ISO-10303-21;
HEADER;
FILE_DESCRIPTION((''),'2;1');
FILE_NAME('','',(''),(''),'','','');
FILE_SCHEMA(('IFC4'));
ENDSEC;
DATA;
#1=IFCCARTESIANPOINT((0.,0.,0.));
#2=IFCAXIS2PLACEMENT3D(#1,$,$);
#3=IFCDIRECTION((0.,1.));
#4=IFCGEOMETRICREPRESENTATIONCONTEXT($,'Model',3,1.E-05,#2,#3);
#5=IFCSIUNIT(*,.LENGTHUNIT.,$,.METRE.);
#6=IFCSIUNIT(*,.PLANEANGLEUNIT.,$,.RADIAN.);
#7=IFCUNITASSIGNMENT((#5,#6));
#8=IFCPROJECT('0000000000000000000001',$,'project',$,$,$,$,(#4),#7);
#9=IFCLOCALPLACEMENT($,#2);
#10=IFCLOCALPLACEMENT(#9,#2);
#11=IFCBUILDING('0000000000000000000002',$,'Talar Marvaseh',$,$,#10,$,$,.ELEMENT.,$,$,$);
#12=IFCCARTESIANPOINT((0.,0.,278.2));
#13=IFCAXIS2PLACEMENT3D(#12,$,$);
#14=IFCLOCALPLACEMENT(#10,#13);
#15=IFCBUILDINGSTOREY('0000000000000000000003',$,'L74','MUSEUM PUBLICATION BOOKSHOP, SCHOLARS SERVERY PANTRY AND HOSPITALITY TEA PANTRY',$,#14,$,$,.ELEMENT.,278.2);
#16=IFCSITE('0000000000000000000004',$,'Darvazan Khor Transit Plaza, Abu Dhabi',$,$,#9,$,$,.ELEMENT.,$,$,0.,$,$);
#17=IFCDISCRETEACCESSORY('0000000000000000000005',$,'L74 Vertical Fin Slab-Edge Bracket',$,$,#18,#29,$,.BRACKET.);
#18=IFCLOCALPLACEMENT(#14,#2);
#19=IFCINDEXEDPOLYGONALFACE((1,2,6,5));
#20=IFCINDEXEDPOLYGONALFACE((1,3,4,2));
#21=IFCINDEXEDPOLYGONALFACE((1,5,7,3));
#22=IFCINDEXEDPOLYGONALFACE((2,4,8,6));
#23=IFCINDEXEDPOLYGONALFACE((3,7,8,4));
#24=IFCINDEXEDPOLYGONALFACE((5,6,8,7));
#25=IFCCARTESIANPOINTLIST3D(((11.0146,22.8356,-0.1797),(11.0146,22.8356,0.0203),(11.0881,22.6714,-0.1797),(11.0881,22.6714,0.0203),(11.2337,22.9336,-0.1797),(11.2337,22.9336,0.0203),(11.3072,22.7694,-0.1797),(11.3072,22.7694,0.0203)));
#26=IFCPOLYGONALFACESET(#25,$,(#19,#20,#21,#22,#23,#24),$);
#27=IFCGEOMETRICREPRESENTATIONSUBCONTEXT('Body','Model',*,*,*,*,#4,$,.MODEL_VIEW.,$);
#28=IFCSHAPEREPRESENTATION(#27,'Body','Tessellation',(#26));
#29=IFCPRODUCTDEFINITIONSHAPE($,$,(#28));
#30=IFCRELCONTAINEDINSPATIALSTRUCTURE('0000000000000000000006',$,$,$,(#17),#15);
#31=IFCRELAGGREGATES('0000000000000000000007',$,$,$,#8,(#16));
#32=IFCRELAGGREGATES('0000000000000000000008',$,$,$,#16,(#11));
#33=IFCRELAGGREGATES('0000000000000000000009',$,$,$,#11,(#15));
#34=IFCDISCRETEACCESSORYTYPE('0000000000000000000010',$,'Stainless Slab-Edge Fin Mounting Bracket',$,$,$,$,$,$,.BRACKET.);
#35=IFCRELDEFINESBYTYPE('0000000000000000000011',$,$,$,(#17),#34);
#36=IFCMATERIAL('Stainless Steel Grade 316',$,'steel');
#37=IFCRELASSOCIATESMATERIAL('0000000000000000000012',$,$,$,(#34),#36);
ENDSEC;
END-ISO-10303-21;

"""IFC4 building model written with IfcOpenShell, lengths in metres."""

from ifc_helpers import new_model, si_unit, direction, frame, origin, origin_2d, place, context, subcontext, project, spatial, rectangle, extrude, source, transform, mapped, material, type_object, type_shapes, element, save


model = new_model("IFC4")

# Units and contexts
model_context = context("Model", 3, precision=1e-05, world=origin(), true_north=direction((0.0, 1.0)))
body_context = subcontext(model_context, "Body", "Model", "MODEL_VIEW")
ifc_project = project(units=[si_unit("LENGTHUNIT", "METRE"), si_unit("PLANEANGLEUNIT", "RADIAN")], contexts=[model_context])

# Site, building, storey
site_placement = place(None, origin())
site = spatial("IfcSite", under=ifc_project, at=site_placement, Name="Darvazan Khor Transit Plaza, Abu Dhabi", CompositionType="ELEMENT", RefElevation=0.0)
building_placement = place(site_placement, origin())
building = spatial("IfcBuilding", under=site, at=building_placement, Name="Talar Marvaseh", CompositionType="ELEMENT")
storey_placement = place(building_placement, frame((0.0, 0.0, 278.2)))
storey = spatial("IfcBuildingStorey", under=building, at=storey_placement, Name="L74", Description="MUSEUM PUBLICATION BOOKSHOP, SCHOLARS SERVERY PANTRY AND HOSPITALITY TEA PANTRY", CompositionType="ELEMENT", Elevation=278.2)

# Discrete accessory
ifc_material_1 = material(Name="Stainless Steel Grade 316", Category="steel")
discrete_accessory_type = type_object("IfcDiscreteAccessoryType", Name="Stainless Slab-Edge Fin Mounting Bracket", PredefinedType="BRACKET", material=ifc_material_1)
shared_shape_1 = source(origin(), body_context, "Body", "SweptSolid", [
    extrude(rectangle(XDim=0.24, YDim=0.1799, at=origin_2d()), origin(), (0.0, 0.0, 1.0), 0.2),
])
type_shapes(discrete_accessory_type, [shared_shape_1])
discrete_accessory_placement = place(storey_placement, frame((11.1609, 22.8025, -0.1797), z_axis=(0.0, 0.0, 1.0), x_axis=(-0.912834, -0.40833, 0.0)))
element("IfcDiscreteAccessory", 1, at=discrete_accessory_placement, inside=storey, type_object=discrete_accessory_type, Name="L74 Vertical Fin Slab-Edge Bracket", PredefinedType="BRACKET", context=body_context, shape_type="MappedRepresentation", body=[
    mapped(shared_shape_1, transform((0.0, 0.0, 0.0), x_axis=(1.0, 0.0, 0.0), y_axis=(0.0, 1.0, 0.0), z_axis=(0.0, 0.0, 1.0), scale=1.0)),
])

save(model, "model.ifc")
